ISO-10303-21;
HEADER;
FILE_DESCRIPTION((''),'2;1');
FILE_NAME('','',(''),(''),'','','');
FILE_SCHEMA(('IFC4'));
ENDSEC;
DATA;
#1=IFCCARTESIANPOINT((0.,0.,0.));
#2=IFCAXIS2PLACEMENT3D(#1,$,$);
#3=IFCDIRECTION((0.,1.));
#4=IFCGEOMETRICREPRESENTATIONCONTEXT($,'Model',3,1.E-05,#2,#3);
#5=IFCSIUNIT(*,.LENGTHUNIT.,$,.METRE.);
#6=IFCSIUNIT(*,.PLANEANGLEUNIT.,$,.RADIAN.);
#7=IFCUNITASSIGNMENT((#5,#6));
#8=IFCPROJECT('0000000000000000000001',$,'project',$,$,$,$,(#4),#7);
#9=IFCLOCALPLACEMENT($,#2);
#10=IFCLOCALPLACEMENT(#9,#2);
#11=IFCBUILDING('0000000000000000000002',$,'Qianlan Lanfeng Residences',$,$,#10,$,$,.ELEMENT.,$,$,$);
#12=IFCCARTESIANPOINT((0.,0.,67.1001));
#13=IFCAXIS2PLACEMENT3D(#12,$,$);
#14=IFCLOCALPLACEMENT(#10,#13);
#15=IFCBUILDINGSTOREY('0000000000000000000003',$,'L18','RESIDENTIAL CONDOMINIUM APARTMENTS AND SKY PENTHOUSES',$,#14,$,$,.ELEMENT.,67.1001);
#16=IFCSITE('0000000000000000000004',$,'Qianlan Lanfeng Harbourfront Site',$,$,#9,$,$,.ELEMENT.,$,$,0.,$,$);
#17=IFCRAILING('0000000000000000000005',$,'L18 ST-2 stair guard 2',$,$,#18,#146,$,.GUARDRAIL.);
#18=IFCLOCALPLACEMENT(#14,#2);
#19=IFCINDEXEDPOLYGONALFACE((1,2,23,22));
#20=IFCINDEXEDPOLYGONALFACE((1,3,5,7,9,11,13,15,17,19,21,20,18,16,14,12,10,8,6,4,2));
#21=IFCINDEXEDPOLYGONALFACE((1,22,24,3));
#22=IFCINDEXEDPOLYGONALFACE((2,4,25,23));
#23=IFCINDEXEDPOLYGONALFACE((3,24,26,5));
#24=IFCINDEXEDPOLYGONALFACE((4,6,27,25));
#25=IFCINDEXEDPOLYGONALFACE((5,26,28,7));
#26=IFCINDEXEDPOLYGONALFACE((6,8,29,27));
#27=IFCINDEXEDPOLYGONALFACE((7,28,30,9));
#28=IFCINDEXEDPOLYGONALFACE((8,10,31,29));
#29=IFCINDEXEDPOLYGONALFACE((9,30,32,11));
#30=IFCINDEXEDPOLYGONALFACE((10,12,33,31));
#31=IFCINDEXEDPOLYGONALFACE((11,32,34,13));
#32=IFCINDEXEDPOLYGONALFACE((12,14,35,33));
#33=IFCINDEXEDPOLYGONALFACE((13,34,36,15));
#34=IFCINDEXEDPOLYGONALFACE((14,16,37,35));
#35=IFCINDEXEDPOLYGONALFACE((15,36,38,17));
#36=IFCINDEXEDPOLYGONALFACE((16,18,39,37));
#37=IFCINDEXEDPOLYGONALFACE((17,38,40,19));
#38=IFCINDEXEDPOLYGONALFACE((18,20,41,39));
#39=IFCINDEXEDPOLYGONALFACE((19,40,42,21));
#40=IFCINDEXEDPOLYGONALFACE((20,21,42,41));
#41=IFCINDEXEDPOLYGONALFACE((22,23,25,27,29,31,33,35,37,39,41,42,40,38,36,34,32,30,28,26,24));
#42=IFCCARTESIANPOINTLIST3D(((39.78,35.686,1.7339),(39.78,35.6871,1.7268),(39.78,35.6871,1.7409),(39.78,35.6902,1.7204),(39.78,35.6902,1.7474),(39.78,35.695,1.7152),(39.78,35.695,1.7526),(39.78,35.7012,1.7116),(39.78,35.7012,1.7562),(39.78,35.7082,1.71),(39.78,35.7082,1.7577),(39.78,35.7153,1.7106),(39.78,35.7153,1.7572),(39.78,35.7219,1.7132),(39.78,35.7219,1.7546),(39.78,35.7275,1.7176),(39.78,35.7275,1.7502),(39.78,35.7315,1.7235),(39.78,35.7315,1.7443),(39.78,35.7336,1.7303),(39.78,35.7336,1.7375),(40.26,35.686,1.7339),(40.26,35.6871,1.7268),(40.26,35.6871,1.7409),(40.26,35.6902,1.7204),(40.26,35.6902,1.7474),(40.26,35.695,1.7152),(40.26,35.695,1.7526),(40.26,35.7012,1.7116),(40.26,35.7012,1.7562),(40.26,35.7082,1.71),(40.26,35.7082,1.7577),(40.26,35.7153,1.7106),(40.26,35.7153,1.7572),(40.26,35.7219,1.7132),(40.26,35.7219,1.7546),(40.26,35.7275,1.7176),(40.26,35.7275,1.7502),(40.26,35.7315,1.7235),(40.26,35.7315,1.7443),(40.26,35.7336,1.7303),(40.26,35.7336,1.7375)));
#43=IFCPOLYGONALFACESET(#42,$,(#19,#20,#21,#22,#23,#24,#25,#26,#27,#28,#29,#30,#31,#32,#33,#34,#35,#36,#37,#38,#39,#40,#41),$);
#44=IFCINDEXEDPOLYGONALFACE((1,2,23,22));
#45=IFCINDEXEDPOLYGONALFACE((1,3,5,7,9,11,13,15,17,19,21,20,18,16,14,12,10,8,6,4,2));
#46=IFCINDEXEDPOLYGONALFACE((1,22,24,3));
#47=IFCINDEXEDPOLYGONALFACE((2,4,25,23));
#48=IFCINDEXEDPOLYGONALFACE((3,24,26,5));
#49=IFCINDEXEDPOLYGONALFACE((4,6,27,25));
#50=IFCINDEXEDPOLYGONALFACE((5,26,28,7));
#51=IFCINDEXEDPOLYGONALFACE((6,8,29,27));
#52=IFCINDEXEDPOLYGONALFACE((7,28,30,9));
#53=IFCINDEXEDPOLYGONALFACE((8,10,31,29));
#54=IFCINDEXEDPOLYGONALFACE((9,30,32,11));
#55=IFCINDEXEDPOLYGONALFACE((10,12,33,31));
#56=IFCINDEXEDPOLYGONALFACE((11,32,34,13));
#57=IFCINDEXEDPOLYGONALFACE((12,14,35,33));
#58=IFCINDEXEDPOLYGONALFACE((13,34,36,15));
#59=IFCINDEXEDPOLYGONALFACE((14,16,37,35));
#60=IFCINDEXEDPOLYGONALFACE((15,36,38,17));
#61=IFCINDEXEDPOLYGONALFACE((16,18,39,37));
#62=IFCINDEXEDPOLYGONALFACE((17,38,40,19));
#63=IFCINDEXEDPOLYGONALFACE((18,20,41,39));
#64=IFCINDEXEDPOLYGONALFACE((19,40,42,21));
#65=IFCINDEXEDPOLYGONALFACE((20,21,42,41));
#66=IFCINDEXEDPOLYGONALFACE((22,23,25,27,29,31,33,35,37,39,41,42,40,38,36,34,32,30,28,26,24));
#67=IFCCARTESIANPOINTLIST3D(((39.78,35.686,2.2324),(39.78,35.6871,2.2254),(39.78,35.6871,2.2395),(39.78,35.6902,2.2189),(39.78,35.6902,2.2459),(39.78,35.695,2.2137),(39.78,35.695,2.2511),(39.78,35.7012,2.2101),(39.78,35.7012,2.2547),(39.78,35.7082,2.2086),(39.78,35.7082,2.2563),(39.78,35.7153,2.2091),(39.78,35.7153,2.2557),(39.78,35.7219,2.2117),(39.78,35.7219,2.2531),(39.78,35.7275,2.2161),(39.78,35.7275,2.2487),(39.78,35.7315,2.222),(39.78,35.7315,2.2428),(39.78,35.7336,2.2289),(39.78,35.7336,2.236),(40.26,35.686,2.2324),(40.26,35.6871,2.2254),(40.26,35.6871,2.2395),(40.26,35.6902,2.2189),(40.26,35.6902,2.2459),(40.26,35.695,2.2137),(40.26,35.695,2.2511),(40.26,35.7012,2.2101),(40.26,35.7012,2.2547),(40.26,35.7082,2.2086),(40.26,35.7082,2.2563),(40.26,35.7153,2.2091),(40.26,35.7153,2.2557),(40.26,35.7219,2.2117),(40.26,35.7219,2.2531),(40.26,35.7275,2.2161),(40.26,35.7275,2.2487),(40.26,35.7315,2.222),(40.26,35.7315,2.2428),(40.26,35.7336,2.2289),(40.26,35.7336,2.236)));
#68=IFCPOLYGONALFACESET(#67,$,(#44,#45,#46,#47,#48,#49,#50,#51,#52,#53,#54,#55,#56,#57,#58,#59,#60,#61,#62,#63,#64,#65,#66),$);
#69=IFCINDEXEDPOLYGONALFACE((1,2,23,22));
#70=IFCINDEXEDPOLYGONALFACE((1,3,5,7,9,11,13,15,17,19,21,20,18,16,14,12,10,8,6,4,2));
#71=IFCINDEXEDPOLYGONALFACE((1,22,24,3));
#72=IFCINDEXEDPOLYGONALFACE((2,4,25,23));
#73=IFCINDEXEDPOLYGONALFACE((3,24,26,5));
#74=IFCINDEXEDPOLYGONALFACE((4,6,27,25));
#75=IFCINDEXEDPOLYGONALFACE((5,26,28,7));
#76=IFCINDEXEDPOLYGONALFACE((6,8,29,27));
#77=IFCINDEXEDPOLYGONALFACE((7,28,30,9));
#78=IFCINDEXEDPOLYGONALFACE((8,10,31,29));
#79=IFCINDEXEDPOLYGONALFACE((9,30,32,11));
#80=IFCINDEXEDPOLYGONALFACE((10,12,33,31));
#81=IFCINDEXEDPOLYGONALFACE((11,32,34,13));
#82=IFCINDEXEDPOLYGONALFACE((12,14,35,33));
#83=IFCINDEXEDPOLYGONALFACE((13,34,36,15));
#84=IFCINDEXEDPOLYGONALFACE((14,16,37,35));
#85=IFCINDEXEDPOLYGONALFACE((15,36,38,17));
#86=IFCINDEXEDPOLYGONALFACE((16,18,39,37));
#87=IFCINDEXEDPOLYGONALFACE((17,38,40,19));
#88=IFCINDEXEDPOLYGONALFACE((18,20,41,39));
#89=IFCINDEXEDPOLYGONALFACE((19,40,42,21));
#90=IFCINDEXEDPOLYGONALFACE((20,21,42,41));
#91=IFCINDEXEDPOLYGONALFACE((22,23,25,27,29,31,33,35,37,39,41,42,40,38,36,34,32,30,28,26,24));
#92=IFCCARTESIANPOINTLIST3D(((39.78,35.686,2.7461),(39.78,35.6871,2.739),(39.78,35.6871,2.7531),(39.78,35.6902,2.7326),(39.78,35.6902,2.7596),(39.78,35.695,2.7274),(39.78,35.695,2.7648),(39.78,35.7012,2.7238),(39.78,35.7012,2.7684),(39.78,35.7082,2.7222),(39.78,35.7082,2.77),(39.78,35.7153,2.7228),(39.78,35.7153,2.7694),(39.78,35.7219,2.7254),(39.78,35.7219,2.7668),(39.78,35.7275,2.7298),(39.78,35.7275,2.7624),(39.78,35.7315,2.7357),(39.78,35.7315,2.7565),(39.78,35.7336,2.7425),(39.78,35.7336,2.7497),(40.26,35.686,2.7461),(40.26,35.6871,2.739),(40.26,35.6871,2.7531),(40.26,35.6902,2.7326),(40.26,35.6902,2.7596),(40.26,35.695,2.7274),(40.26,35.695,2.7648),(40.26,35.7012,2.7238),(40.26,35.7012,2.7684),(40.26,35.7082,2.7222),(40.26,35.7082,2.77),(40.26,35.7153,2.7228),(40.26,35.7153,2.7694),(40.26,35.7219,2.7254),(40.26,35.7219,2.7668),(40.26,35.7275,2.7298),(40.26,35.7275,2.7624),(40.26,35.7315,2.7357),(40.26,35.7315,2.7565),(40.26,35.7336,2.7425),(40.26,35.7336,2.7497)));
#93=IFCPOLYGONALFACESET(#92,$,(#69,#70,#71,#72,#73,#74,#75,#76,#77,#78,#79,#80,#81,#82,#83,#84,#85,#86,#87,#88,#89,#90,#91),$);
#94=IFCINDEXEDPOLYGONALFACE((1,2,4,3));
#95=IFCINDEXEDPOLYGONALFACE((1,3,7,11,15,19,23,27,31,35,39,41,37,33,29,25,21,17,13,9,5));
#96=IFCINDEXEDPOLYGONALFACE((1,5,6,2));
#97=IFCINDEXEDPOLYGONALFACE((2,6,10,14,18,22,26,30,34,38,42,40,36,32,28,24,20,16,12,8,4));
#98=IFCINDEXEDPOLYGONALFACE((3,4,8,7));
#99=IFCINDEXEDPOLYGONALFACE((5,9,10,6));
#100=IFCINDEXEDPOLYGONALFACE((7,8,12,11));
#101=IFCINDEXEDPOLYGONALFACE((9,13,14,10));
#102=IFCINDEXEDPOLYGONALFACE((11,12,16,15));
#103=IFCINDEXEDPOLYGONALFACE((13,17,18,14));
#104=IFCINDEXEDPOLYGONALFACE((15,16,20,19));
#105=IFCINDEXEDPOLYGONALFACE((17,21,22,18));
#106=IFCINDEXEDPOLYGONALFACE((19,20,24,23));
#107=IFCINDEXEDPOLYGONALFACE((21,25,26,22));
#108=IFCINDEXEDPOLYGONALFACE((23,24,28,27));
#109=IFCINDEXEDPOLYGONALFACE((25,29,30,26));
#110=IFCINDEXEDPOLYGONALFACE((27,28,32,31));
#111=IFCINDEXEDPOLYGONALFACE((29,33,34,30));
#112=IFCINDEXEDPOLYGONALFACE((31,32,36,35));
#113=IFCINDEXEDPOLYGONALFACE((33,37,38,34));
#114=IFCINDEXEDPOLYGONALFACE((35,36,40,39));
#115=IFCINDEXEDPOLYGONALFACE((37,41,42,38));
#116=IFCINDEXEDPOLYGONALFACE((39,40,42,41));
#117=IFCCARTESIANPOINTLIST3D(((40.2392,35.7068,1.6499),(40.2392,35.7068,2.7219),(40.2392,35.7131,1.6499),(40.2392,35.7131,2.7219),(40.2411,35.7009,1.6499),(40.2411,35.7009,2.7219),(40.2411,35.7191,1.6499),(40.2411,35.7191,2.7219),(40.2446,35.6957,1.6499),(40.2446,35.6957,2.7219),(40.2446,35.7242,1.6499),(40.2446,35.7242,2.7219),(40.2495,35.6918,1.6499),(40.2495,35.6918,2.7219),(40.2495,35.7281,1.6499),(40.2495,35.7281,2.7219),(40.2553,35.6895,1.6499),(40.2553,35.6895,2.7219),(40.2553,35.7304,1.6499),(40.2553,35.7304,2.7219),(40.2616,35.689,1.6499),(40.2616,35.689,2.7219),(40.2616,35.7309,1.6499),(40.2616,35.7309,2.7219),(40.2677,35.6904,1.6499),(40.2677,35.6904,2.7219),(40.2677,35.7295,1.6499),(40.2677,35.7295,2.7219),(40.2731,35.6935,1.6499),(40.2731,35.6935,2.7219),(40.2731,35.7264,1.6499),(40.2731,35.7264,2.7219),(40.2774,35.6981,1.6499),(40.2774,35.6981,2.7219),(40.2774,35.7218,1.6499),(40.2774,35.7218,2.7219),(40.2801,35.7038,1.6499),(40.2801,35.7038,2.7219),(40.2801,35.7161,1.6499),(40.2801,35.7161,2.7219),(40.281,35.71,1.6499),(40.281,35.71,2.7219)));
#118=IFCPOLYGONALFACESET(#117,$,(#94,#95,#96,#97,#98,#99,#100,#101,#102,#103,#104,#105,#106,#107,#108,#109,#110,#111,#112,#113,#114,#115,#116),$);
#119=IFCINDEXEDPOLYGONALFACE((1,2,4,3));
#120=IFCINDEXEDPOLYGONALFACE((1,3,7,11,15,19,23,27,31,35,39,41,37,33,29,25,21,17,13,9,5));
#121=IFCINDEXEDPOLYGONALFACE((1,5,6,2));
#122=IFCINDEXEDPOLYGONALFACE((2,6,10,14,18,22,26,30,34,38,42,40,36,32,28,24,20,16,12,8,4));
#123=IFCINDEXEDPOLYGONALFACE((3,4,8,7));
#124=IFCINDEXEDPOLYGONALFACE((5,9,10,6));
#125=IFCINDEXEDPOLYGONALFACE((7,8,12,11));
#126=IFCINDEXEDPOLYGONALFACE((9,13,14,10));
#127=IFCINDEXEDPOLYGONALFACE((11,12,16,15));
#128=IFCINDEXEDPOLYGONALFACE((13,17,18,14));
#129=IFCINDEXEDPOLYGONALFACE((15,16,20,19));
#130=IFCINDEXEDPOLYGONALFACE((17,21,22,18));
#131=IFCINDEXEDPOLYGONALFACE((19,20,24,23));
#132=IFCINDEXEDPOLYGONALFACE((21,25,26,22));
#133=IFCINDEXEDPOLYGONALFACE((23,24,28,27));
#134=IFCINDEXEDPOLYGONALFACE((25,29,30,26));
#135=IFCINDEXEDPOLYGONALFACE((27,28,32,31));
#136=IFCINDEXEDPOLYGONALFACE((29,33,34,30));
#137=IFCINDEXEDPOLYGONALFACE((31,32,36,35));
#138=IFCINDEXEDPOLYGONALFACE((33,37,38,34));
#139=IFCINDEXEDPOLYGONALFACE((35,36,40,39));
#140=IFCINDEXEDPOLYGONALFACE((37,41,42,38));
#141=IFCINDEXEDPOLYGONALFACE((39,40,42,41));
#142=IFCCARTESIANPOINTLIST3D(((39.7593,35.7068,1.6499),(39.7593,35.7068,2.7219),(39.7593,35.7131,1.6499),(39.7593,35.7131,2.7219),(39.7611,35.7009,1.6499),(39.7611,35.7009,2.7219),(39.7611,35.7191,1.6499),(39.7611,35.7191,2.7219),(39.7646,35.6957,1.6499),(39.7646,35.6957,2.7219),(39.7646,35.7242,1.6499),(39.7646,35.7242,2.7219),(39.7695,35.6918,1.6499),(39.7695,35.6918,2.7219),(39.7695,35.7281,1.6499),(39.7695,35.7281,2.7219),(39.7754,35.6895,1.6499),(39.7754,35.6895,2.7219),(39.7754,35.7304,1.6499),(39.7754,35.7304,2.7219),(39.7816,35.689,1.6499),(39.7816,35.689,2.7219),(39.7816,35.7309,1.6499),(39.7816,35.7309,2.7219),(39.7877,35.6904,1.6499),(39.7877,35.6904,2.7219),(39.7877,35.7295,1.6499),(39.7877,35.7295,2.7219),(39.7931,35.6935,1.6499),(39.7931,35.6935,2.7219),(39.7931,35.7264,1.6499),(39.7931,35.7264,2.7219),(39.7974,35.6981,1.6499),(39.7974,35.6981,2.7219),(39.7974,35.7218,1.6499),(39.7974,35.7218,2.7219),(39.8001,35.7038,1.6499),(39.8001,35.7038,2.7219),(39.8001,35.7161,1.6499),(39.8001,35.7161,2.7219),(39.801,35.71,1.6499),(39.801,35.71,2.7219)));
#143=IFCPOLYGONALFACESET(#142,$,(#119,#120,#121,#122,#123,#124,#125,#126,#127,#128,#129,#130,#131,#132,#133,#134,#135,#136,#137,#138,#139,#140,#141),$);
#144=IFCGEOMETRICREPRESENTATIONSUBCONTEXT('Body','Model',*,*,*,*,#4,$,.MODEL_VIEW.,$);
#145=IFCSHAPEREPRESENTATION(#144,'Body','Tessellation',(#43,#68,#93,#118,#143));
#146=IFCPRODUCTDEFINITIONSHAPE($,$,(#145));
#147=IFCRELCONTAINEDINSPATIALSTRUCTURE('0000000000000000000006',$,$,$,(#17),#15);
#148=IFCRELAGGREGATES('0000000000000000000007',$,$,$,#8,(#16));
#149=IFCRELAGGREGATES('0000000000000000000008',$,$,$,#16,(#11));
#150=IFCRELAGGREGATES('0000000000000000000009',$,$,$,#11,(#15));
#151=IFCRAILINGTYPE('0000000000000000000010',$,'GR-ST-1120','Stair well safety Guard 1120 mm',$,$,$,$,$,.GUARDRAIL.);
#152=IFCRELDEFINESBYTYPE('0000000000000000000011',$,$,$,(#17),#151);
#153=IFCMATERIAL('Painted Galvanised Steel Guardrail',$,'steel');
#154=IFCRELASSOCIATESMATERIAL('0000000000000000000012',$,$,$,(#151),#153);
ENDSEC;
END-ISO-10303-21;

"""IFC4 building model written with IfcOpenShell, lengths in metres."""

from ifc_helpers import new_model, si_unit, direction, frame, origin, origin_2d, place, context, subcontext, project, spatial, circle, extrude, material, type_object, element, save


model = new_model("IFC4")

# Units and contexts
model_context = context("Model", 3, precision=1e-05, world=origin(), true_north=direction((0.0, 1.0)))
body_context = subcontext(model_context, "Body", "Model", "MODEL_VIEW")
ifc_project = project(units=[si_unit("LENGTHUNIT", "METRE"), si_unit("PLANEANGLEUNIT", "RADIAN")], contexts=[model_context])

# Site, building, storey
site_placement = place(None, origin())
site = spatial("IfcSite", under=ifc_project, at=site_placement, Name="Qianlan Lanfeng Harbourfront Site", CompositionType="ELEMENT", RefElevation=0.0)
building_placement = place(site_placement, origin())
building = spatial("IfcBuilding", under=site, at=building_placement, Name="Qianlan Lanfeng Residences", CompositionType="ELEMENT")
storey_placement = place(building_placement, frame((0.0, 0.0, 67.1001)))
storey = spatial("IfcBuildingStorey", under=building, at=storey_placement, Name="L18", Description="RESIDENTIAL CONDOMINIUM APARTMENTS AND SKY PENTHOUSES", CompositionType="ELEMENT", Elevation=67.1001)

# Railing
ifc_material_1 = material(Name="Painted Galvanised Steel Guardrail", Category="steel")
railing_type_1 = type_object("IfcRailingType", Name="GR-ST-1120", Description="Stair well safety Guard 1120 mm", PredefinedType="GUARDRAIL", material=ifc_material_1)
railing_1_placement = place(storey_placement, frame((40.26, 35.71, 1.6499)))
element("IfcRailing", 1, at=railing_1_placement, inside=storey, type_object=railing_type_1, Name="L18 ST-2 stair guard 2", PredefinedType="GUARDRAIL", context=body_context, shape_type="SweptSolid", body=[
    extrude(circle(Radius=0.0239, at=origin_2d()), frame((0.0, 0.0, 0.084), z_axis=(-1.0, 0.0, 0.0), x_axis=(0.0, -1.0, 0.0)), (0.0, 0.0, 1.0), 0.48),
    extrude(circle(Radius=0.0239, at=origin_2d()), frame((0.0, 0.0, 0.5825), z_axis=(-1.0, 0.0, 0.0), x_axis=(0.0, -1.0, 0.0)), (0.0, 0.0, 1.0), 0.48),
    extrude(circle(Radius=0.0239, at=origin_2d()), frame((0.0, 0.0, 1.0962), z_axis=(-1.0, 0.0, 0.0), x_axis=(0.0, -1.0, 0.0)), (0.0, 0.0, 1.0), 0.48),
    extrude(circle(Radius=0.021, at=origin_2d()), origin(), (0.0, 0.0, 1.0), 1.072),
    extrude(circle(Radius=0.021, at=origin_2d()), frame((-0.48, 0.0, 0.0)), (0.0, 0.0, 1.0), 1.072),
])

save(model, "model.ifc")
